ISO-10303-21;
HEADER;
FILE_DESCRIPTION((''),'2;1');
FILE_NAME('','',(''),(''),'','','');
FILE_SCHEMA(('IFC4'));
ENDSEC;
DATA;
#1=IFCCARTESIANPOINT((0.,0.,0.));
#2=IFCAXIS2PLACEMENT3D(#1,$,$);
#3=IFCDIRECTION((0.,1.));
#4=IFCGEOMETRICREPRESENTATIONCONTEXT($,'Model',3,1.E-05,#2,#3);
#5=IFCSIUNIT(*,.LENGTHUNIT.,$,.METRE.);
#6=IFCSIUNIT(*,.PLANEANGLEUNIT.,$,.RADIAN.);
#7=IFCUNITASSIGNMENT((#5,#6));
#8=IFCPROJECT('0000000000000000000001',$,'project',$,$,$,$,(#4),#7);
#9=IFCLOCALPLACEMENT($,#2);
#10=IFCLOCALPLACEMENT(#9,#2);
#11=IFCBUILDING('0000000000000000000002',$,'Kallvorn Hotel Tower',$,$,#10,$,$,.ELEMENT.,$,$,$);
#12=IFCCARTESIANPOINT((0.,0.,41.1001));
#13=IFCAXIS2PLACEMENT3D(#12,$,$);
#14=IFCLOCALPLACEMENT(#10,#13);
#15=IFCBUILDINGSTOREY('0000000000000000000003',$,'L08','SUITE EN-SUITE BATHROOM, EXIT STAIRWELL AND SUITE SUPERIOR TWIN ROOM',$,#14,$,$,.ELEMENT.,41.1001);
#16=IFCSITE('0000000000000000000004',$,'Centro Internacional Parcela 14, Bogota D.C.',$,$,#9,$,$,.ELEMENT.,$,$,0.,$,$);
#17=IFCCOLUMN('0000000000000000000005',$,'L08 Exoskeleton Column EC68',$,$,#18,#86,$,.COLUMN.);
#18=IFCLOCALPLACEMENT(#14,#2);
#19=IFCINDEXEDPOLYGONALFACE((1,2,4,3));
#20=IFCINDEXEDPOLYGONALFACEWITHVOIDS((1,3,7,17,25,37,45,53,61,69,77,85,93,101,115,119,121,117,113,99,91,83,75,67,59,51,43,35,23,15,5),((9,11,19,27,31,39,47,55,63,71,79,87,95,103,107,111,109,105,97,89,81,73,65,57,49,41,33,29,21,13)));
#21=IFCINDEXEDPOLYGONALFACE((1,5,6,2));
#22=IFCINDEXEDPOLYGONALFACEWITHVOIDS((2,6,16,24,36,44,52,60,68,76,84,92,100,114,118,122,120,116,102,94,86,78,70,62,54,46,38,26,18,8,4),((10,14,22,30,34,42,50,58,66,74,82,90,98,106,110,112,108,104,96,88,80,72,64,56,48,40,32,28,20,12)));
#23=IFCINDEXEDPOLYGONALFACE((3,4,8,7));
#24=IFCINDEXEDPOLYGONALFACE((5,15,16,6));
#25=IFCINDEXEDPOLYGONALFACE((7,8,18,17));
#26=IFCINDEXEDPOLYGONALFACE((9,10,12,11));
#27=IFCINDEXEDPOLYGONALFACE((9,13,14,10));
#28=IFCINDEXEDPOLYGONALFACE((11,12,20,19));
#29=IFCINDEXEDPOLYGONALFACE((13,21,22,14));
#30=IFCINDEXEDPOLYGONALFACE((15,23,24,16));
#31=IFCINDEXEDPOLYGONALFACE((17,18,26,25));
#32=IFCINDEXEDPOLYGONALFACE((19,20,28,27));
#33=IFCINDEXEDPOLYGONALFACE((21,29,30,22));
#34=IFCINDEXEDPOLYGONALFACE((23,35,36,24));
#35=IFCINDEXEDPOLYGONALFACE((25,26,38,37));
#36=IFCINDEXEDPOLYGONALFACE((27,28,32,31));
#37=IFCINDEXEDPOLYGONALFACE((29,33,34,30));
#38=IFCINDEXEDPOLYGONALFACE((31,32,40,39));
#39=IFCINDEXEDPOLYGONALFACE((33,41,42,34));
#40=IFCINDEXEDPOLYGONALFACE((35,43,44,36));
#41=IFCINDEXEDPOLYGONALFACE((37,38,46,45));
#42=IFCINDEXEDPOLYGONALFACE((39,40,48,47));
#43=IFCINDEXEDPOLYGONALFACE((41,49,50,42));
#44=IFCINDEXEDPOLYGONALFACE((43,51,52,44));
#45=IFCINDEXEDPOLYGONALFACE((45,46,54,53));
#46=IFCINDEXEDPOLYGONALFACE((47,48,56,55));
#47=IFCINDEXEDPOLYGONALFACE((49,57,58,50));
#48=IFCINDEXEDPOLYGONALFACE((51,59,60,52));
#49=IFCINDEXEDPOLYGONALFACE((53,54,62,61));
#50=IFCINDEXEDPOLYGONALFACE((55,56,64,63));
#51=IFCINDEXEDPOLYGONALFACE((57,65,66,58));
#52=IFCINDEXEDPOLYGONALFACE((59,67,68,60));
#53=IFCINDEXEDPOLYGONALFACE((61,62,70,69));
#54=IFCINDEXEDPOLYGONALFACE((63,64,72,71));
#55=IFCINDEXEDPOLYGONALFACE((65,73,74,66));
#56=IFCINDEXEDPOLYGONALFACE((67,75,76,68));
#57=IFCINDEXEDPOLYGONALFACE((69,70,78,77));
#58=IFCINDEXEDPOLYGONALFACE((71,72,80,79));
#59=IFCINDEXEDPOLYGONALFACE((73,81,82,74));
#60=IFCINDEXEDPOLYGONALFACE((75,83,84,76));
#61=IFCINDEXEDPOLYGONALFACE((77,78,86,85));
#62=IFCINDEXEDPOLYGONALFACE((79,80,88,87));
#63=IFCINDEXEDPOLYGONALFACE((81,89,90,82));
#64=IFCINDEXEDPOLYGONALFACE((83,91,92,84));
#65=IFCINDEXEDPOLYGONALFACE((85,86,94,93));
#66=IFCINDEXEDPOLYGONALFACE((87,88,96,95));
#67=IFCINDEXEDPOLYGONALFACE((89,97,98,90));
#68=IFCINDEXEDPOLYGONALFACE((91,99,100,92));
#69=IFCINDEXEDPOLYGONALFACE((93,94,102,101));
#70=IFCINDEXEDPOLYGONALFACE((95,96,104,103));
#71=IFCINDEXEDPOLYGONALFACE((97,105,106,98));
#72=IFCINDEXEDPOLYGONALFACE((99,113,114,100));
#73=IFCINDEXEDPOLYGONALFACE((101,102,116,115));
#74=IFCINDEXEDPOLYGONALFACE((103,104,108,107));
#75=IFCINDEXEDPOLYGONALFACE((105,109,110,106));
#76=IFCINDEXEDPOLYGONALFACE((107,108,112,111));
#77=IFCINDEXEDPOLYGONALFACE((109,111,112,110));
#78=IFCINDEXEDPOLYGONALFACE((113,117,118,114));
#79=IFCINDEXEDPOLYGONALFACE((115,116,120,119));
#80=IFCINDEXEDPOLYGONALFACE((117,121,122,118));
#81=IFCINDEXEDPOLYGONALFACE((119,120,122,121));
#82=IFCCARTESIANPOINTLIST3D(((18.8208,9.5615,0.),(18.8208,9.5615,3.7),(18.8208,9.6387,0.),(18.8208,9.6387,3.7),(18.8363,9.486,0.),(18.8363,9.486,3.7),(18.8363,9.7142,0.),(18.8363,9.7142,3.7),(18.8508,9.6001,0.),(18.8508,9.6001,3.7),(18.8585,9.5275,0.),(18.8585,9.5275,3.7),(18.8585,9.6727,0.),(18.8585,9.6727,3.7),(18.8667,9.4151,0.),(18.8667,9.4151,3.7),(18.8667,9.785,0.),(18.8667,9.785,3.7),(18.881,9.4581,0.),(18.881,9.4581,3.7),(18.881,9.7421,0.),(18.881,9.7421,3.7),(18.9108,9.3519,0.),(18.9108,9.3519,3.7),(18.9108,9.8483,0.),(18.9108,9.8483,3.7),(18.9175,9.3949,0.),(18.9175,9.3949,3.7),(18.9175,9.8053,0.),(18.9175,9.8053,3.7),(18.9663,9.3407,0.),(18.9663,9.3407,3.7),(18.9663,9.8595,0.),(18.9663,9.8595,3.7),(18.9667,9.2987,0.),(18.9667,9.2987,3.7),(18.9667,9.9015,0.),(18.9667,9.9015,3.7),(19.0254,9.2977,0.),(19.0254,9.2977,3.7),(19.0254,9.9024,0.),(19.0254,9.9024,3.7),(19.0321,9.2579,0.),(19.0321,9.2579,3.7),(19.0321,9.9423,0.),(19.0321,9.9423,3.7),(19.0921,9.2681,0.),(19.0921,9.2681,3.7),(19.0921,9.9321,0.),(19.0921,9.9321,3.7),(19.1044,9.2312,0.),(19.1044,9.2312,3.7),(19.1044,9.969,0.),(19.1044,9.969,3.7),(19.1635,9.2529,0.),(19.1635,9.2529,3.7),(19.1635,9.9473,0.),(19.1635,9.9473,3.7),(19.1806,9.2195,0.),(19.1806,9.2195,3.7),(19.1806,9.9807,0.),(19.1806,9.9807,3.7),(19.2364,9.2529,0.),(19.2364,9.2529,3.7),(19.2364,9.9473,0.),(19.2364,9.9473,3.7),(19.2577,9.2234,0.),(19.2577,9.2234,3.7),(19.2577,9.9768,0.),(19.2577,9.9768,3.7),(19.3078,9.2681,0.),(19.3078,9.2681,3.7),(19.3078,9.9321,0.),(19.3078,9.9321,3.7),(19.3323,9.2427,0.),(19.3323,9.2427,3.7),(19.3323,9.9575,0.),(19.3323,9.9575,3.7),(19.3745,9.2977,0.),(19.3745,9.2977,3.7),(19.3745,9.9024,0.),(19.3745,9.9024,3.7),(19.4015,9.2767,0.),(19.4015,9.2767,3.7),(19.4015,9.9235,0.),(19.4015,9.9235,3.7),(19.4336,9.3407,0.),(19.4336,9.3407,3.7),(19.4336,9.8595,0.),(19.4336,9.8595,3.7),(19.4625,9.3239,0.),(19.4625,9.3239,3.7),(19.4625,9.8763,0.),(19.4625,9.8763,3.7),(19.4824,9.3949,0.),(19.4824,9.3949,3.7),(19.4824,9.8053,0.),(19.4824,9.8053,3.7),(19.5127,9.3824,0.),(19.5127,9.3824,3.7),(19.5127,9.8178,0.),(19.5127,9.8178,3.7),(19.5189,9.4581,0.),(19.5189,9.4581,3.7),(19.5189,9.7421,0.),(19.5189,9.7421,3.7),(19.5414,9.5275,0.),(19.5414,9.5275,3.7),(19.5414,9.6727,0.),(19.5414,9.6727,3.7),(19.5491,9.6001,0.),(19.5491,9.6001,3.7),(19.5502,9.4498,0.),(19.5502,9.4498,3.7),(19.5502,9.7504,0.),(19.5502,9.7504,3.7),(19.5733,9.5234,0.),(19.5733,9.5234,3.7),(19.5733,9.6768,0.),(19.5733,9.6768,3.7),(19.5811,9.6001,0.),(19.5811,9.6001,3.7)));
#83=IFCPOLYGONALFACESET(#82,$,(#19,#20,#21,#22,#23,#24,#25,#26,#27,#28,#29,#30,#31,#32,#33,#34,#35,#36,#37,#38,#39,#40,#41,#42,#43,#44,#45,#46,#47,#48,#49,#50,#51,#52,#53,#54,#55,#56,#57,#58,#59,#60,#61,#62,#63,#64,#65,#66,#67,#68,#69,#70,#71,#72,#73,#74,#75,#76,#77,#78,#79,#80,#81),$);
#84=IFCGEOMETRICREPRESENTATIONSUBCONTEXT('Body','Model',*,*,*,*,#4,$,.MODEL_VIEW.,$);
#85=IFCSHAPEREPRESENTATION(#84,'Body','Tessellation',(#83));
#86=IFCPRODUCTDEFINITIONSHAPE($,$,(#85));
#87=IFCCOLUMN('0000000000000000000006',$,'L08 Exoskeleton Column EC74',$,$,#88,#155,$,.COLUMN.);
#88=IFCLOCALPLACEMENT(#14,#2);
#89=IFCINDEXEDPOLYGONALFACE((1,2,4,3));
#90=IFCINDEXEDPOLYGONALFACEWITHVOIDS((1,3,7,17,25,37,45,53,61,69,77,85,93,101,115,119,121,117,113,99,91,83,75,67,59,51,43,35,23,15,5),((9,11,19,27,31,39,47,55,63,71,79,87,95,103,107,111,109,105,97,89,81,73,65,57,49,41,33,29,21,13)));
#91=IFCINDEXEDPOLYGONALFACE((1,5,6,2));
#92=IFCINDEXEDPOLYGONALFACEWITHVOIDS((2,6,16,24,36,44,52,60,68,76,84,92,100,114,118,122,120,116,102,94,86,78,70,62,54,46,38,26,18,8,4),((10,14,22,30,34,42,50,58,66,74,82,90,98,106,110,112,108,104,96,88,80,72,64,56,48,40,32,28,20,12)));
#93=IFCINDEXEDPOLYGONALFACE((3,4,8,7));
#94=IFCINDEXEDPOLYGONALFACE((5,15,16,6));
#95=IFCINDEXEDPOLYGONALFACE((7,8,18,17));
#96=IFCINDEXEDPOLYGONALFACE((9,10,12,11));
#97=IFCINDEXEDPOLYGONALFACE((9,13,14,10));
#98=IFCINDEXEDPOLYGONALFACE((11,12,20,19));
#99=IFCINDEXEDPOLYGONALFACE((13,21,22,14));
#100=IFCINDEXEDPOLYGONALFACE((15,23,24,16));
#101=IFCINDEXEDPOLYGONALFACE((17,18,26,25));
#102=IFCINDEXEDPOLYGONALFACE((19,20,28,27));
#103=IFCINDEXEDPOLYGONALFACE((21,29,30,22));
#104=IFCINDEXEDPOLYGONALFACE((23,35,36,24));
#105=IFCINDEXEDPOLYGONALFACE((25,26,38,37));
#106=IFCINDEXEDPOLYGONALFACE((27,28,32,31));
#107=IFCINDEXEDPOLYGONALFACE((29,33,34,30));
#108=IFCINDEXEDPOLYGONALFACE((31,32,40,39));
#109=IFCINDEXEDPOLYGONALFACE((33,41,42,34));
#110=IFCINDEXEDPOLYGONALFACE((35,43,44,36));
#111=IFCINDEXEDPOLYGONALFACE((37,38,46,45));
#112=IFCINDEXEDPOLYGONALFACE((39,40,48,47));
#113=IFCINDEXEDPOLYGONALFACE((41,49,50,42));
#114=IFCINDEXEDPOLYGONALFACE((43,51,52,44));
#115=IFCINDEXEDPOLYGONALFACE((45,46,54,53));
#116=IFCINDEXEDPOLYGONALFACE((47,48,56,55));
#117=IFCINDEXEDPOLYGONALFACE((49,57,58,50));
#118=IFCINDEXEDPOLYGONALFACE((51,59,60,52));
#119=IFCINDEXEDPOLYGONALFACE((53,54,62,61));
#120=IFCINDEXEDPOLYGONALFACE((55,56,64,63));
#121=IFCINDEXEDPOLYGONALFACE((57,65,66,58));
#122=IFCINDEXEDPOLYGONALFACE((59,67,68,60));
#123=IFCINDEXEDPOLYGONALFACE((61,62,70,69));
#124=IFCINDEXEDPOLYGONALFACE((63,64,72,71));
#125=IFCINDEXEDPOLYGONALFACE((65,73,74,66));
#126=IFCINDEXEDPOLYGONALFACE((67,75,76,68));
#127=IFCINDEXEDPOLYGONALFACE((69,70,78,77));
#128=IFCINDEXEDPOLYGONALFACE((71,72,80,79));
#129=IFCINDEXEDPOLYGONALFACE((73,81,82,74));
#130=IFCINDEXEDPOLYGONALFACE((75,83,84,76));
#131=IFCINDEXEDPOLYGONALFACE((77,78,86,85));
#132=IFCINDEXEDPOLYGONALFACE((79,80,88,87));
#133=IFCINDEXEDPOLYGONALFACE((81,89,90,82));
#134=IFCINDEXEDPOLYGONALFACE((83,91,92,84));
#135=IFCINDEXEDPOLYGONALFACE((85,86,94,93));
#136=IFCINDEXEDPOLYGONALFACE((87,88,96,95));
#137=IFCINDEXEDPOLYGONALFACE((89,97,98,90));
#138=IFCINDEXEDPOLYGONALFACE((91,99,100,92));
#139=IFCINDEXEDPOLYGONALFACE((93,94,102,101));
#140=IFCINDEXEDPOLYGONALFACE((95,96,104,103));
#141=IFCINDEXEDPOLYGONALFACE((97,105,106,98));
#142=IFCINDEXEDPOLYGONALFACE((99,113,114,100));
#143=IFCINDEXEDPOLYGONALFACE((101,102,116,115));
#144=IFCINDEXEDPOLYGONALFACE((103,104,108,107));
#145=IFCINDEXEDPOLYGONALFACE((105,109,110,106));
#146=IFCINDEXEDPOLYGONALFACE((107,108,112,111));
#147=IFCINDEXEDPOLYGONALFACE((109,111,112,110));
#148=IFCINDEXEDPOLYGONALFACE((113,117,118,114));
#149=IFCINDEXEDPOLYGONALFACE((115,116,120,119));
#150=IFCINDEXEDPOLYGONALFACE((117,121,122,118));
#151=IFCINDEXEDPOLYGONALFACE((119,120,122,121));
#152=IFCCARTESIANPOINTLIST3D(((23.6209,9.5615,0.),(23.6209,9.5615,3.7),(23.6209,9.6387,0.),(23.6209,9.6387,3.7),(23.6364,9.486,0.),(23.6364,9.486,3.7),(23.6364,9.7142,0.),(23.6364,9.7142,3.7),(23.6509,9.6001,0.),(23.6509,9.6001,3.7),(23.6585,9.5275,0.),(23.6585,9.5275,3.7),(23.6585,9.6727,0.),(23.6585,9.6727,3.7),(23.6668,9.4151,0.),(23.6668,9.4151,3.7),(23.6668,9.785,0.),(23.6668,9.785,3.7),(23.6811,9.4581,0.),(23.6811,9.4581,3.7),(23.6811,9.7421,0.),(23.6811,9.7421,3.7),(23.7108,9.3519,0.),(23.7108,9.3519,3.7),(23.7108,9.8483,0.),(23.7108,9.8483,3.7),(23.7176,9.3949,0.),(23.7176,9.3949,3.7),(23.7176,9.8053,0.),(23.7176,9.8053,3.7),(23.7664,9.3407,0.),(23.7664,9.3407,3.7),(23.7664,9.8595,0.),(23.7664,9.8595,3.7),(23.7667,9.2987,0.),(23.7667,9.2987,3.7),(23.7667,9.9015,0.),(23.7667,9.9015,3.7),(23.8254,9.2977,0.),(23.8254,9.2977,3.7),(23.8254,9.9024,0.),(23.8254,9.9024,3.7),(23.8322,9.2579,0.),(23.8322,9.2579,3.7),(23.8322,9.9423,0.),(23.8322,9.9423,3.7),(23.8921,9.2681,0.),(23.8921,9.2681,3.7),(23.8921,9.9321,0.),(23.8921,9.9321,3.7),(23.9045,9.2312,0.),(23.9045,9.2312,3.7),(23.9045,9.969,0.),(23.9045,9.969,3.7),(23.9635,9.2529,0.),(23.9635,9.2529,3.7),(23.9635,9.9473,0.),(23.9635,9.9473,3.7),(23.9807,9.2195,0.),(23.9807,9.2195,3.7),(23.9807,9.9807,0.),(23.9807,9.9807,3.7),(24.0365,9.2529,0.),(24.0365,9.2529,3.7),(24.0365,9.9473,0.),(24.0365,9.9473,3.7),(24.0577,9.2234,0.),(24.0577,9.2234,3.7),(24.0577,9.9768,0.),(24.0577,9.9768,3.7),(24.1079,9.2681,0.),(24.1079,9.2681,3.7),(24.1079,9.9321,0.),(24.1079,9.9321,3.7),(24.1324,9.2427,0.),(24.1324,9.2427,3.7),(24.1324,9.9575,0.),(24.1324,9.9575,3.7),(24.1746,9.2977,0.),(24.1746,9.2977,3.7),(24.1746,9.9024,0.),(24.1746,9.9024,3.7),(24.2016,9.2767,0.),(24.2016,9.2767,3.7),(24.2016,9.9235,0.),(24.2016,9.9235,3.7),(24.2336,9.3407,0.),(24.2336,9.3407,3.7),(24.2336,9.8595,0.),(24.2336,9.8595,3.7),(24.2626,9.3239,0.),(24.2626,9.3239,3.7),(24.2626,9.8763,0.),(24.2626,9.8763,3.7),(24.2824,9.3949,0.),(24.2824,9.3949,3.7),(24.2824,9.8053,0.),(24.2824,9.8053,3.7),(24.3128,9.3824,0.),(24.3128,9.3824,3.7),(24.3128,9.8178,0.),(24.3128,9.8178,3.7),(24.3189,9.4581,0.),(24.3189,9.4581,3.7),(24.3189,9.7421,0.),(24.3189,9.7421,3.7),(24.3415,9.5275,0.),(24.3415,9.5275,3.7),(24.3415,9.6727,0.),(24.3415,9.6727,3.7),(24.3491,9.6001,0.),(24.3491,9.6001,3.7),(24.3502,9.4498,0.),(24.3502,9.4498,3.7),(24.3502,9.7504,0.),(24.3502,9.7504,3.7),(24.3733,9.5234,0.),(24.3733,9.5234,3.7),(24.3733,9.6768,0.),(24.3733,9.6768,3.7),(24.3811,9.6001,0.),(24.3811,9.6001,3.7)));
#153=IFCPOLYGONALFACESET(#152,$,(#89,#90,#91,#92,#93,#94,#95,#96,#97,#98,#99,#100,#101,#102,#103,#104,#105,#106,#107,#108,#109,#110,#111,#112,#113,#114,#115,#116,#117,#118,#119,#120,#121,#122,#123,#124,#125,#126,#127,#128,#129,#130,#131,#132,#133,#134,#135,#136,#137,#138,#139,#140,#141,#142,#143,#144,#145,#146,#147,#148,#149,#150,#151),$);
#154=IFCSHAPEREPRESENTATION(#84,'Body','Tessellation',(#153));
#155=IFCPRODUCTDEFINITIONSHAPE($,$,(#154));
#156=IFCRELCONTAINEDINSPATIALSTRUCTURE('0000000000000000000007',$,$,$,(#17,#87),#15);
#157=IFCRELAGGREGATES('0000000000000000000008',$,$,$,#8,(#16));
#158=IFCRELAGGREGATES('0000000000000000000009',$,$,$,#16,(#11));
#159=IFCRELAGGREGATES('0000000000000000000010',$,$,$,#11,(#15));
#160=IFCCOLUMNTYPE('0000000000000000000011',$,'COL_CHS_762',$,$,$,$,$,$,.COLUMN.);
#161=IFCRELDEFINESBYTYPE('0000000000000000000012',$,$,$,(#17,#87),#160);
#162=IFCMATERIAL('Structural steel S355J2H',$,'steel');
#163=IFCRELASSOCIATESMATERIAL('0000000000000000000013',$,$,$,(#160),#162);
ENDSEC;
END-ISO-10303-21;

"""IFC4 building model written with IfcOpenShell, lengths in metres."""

from ifc_helpers import new_model, si_unit, direction, frame, origin, origin_2d, place, context, subcontext, project, spatial, hollow_circle, extrude, material, material_profile, profile_set, type_object, element, save


model = new_model("IFC4")

# Units and contexts
model_context = context("Model", 3, precision=1e-05, world=origin(), true_north=direction((0.0, 1.0)))
body_context = subcontext(model_context, "Body", "Model", "MODEL_VIEW")
ifc_project = project(units=[si_unit("LENGTHUNIT", "METRE"), si_unit("PLANEANGLEUNIT", "RADIAN")], contexts=[model_context])

# Site, building, storey
site_placement = place(None, origin())
site = spatial("IfcSite", under=ifc_project, at=site_placement, Name="Centro Internacional Parcela 14, Bogota D.C.", CompositionType="ELEMENT", RefElevation=0.0)
building_placement = place(site_placement, origin())
building = spatial("IfcBuilding", under=site, at=building_placement, Name="Kallvorn Hotel Tower", CompositionType="ELEMENT")
storey_placement = place(building_placement, frame((0.0, 0.0, 41.1001)))
storey = spatial("IfcBuildingStorey", under=building, at=storey_placement, Name="L08", Description="SUITE EN-SUITE BATHROOM, EXIT STAIRWELL AND SUITE SUPERIOR TWIN ROOM", CompositionType="ELEMENT", Elevation=41.1001)

# Columns
ifc_material_1 = material(Name="Structural steel S355J2H", Category="steel")
ifc_material_profile_1 = material_profile(ifc_material_1, hollow_circle(Radius=0.3811, WallThickness=0.032, at=origin_2d()), Name="CHS 762x32")
ifc_profile_set_1 = profile_set([ifc_material_profile_1], Name="Structural steel S355J2H")
column_type_1 = type_object("IfcColumnType", Name="COL_CHS_762", PredefinedType="COLUMN", material=ifc_profile_set_1)
for number, where, z_axis, x_axis, name in (
    (1, (19.2, 9.6001, 0.0), (0.0, 0.0, 1.0), (1.0, 0.0, 0.0), "L08 Exoskeleton Column EC68"),
    (2, (24.0, 9.6001, 0.0), (0.0, 0.0, 1.0), (1.0, 0.0, 0.0), "L08 Exoskeleton Column EC74"),
):
    element("IfcColumn", number, at=place(storey_placement, frame(where, z_axis=z_axis, x_axis=x_axis)), inside=storey, type_object=column_type_1, Name=name, PredefinedType="COLUMN", context=body_context, shape_type="SweptSolid", body=[
        extrude(hollow_circle(Radius=0.3811, WallThickness=0.032, at=origin_2d()), origin(), (0.0, 0.0, 1.0), 3.7),
    ])

save(model, "model.ifc")
